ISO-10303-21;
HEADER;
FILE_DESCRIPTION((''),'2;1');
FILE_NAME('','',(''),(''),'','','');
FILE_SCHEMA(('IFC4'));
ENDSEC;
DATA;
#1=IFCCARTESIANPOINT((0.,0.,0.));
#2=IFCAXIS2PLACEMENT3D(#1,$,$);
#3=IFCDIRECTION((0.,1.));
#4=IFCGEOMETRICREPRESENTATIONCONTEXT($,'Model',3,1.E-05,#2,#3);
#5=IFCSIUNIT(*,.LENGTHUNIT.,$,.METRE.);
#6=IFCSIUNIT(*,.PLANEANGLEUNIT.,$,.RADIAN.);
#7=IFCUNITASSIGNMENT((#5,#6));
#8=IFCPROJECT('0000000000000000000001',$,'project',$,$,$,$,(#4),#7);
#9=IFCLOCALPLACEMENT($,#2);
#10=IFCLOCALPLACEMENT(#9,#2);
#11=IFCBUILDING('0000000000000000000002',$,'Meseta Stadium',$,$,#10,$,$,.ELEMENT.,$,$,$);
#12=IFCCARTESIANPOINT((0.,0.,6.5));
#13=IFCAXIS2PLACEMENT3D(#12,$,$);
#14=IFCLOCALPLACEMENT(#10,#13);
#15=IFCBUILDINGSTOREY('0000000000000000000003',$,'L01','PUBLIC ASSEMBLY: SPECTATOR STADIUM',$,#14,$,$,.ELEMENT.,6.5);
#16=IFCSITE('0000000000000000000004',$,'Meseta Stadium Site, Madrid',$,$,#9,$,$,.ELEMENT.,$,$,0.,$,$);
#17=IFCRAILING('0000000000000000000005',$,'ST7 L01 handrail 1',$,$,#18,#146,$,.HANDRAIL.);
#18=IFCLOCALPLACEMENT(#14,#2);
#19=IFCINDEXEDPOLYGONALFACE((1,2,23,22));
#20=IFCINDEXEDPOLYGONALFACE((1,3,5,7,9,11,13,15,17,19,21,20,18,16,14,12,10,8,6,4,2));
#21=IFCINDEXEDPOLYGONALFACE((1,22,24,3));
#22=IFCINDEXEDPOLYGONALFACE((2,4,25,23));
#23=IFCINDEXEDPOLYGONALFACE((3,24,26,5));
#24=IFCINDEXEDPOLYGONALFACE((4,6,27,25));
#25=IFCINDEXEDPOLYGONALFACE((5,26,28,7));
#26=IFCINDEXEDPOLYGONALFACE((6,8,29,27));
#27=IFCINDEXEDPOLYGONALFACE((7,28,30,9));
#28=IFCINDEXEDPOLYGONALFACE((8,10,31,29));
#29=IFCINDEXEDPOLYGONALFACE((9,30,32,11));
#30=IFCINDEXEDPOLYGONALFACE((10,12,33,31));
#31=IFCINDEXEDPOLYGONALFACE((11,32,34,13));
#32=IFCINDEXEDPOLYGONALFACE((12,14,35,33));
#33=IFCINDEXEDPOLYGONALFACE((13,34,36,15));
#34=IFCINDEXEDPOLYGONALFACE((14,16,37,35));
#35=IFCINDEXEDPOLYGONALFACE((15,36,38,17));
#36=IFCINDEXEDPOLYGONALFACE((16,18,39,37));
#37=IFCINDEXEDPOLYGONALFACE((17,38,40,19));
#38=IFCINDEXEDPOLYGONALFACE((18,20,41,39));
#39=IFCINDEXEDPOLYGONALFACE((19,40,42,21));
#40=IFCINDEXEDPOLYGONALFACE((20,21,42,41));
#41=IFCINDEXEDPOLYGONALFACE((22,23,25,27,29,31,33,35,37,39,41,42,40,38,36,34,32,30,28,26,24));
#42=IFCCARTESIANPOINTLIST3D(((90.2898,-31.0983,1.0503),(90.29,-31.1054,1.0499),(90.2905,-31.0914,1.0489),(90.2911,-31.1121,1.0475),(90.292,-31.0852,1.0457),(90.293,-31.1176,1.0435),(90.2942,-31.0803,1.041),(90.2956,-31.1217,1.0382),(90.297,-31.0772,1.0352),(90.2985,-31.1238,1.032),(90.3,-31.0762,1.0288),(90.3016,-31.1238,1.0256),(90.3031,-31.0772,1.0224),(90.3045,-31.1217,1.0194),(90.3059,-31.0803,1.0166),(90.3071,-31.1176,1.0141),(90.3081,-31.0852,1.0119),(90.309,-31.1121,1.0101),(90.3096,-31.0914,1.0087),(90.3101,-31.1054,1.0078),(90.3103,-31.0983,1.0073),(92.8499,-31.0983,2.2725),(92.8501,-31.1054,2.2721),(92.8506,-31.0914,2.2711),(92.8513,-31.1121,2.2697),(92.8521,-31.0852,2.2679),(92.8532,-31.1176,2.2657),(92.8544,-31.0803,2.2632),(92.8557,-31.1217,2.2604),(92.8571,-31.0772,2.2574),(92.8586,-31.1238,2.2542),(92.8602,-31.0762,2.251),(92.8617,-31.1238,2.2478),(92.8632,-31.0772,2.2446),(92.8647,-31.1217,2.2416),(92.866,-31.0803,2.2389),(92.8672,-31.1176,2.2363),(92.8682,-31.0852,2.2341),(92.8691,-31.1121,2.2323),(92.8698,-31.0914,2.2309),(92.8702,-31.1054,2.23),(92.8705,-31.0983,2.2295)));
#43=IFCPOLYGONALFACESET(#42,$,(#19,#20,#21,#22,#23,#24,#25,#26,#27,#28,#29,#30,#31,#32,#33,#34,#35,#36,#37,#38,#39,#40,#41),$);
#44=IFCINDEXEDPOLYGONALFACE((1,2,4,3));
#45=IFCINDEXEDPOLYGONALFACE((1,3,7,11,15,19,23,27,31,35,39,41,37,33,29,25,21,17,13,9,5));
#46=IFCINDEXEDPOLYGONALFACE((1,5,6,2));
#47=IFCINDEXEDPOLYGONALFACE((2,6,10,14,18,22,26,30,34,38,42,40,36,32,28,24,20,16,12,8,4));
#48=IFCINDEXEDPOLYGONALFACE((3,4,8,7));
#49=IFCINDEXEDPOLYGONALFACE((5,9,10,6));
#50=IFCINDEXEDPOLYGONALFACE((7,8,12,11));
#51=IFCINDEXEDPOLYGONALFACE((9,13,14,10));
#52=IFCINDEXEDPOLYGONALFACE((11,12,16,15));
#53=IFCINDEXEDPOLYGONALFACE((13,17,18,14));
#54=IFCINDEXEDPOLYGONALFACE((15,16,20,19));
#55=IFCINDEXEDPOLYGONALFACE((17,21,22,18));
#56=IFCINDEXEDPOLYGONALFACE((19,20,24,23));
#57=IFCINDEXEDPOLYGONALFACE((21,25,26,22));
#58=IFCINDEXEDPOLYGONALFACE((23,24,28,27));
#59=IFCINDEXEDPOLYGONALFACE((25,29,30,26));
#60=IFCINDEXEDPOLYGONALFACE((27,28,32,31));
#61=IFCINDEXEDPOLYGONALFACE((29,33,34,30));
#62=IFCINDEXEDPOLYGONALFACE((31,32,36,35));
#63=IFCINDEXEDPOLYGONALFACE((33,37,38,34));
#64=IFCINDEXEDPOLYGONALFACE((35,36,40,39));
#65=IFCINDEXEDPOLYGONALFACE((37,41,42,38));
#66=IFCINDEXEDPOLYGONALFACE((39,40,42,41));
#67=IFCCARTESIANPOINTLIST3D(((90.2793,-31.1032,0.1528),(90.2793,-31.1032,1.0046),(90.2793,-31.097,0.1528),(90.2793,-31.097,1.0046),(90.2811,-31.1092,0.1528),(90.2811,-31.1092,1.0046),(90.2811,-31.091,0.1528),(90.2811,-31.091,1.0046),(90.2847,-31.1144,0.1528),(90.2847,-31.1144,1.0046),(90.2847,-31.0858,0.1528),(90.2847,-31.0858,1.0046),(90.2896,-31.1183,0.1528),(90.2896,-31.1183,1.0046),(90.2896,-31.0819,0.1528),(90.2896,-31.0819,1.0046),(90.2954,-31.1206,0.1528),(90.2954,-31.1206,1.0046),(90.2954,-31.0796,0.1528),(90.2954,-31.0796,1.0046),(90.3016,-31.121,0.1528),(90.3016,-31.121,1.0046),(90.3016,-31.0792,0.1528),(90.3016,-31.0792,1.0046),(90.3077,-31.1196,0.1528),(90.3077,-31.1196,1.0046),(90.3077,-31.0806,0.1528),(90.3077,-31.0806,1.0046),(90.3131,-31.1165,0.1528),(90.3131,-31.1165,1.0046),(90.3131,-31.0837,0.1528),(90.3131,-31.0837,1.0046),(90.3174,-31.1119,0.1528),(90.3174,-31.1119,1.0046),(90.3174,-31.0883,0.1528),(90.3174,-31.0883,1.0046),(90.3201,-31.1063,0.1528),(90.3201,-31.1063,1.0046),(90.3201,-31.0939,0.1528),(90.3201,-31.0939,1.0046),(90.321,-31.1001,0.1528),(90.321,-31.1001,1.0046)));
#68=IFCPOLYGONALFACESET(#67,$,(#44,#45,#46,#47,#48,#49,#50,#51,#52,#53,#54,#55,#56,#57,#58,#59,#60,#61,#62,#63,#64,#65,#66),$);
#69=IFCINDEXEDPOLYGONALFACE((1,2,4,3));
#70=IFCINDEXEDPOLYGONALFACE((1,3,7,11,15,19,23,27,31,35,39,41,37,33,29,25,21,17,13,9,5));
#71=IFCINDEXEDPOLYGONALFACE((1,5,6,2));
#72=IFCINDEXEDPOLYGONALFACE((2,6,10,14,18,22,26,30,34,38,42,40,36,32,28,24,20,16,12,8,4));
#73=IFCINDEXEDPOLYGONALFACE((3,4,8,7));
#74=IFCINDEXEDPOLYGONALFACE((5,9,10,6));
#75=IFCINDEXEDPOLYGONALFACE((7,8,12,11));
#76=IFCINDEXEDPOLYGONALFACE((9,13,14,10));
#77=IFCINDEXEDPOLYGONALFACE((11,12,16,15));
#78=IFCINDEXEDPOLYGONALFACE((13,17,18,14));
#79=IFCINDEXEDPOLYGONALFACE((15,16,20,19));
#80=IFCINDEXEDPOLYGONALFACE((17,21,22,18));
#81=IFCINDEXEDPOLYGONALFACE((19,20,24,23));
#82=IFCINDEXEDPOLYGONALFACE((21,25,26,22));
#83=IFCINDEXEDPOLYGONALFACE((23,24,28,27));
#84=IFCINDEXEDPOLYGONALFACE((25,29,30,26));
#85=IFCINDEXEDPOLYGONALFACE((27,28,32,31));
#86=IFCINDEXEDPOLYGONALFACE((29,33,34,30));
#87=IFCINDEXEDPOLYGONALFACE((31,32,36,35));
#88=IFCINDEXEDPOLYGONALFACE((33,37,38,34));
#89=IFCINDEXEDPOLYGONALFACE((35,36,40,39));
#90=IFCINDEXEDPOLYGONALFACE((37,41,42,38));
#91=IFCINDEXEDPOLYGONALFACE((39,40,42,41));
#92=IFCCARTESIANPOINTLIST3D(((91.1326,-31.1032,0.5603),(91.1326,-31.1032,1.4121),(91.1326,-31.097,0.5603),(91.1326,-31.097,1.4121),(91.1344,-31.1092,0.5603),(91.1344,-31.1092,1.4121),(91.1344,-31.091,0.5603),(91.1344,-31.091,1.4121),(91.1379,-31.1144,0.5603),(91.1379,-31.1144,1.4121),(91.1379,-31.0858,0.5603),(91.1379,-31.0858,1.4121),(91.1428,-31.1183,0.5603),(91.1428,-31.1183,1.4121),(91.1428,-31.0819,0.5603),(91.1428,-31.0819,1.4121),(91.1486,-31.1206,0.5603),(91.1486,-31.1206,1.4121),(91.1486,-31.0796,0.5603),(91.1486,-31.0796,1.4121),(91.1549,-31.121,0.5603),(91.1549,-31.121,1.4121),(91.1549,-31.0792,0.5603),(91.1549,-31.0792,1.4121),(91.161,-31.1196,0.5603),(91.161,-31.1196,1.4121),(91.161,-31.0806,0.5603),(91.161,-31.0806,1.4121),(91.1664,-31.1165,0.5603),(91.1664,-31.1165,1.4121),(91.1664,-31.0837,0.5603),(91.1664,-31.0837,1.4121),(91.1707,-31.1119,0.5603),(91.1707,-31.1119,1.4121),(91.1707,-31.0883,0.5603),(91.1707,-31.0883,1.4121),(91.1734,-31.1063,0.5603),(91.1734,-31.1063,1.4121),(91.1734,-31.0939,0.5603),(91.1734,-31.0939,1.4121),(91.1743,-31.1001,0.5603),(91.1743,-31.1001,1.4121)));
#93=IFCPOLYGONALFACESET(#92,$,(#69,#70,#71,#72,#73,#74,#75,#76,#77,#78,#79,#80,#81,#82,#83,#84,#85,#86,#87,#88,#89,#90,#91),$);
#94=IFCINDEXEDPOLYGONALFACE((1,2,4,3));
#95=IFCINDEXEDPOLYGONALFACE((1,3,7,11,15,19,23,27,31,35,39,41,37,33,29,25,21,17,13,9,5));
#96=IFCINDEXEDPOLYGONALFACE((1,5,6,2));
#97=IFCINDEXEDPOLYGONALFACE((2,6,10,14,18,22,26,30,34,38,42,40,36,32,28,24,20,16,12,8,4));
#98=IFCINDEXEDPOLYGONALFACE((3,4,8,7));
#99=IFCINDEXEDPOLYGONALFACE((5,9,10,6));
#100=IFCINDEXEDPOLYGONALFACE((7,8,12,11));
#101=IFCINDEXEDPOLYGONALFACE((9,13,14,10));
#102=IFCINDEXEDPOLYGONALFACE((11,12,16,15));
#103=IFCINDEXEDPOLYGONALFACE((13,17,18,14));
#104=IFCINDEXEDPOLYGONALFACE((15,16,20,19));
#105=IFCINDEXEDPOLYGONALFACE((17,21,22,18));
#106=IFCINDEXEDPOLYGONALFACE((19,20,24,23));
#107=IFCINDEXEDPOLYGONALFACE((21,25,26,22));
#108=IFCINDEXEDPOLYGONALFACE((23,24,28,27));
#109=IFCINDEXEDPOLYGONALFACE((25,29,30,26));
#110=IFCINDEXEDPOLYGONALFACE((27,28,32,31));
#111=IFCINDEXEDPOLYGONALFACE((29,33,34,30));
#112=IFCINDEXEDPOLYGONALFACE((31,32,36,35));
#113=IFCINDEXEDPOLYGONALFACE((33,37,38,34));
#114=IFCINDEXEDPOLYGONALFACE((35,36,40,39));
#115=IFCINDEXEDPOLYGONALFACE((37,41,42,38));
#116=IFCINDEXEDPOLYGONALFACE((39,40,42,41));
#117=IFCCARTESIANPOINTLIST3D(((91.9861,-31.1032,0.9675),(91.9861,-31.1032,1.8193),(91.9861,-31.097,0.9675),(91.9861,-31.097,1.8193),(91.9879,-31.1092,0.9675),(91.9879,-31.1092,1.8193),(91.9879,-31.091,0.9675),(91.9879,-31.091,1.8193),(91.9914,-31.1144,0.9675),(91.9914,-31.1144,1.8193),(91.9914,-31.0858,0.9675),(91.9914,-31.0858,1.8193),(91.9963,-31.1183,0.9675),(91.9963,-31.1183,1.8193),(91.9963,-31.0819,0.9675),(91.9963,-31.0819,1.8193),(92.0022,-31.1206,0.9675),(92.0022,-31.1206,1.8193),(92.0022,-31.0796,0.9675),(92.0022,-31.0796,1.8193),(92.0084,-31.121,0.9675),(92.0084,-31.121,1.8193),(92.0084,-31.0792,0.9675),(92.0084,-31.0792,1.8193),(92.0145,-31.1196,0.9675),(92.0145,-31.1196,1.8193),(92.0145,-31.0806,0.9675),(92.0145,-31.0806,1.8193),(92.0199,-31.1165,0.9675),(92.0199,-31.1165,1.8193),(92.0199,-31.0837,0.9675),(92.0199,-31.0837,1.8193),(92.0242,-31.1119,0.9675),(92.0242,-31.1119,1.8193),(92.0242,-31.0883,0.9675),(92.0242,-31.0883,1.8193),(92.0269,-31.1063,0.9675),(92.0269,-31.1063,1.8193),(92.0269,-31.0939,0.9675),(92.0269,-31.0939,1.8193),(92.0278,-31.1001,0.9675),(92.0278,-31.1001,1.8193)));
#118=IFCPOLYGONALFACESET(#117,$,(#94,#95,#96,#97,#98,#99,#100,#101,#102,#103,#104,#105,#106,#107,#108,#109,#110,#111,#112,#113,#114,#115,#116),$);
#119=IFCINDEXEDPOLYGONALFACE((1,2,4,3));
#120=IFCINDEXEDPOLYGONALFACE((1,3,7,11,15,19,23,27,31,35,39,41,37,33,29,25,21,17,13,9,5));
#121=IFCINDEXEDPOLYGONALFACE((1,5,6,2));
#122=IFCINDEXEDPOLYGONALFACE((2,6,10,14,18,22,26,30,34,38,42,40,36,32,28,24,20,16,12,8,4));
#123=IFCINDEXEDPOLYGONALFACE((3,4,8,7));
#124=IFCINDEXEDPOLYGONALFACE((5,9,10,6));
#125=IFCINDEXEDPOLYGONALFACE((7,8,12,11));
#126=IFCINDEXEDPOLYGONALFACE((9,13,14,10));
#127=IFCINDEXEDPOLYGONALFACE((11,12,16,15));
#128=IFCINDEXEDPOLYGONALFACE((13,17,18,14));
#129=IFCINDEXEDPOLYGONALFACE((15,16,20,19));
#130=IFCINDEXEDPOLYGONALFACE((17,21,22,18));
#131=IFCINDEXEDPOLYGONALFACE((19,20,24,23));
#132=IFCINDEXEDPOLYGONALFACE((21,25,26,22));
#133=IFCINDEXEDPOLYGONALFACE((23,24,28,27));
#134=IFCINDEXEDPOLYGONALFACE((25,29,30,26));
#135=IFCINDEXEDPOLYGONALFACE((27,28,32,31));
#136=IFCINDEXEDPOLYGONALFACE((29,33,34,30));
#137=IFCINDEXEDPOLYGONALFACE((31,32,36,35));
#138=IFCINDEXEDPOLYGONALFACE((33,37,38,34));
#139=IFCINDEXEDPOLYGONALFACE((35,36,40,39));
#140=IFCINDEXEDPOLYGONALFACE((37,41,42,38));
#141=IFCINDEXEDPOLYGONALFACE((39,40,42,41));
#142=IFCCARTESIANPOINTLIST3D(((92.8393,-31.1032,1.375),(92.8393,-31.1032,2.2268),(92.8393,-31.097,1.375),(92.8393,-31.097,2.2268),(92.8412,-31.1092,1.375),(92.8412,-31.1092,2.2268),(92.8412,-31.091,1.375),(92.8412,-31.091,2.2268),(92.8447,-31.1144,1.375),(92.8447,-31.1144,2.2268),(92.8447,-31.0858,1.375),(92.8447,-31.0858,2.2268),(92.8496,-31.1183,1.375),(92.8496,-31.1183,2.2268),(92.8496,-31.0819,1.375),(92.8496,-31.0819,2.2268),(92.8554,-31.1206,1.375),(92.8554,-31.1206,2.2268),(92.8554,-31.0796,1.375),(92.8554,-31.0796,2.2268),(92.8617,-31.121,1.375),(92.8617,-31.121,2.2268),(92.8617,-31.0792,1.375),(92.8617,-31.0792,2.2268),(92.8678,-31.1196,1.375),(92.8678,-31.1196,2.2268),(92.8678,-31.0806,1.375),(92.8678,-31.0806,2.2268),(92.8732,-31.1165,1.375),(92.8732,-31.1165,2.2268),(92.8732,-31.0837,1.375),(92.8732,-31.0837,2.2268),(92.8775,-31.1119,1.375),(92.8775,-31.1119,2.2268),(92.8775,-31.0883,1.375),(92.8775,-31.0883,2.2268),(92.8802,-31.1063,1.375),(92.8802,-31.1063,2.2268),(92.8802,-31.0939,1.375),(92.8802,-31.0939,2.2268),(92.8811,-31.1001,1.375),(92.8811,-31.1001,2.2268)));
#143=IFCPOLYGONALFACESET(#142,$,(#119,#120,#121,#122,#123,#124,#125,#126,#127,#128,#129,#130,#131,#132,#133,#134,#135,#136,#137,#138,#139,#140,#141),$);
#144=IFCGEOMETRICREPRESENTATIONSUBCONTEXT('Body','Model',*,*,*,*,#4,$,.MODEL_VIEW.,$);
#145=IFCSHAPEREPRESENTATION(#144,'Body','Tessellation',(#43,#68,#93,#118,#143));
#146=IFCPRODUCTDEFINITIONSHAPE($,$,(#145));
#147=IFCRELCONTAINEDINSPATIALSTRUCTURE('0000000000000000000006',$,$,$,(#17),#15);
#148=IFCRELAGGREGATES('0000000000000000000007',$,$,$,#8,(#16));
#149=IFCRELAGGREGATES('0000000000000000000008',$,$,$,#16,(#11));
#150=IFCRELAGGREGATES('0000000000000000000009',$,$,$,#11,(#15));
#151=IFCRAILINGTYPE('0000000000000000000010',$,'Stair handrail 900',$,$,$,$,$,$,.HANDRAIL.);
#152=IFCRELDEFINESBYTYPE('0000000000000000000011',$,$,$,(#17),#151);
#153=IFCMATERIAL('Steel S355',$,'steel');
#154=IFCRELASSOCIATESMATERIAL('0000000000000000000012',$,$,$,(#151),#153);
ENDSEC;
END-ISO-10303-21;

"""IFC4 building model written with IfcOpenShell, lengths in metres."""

from ifc_helpers import new_model, si_unit, direction, frame, origin, origin_2d, place, context, subcontext, project, spatial, circle, extrude, material, type_object, element, save


model = new_model("IFC4")

# Units and contexts
model_context = context("Model", 3, precision=1e-05, world=origin(), true_north=direction((0.0, 1.0)))
body_context = subcontext(model_context, "Body", "Model", "MODEL_VIEW")
ifc_project = project(units=[si_unit("LENGTHUNIT", "METRE"), si_unit("PLANEANGLEUNIT", "RADIAN")], contexts=[model_context])

# Site, building, storey
site_placement = place(None, origin())
site = spatial("IfcSite", under=ifc_project, at=site_placement, Name="Meseta Stadium Site, Madrid", CompositionType="ELEMENT", RefElevation=0.0)
building_placement = place(site_placement, origin())
building = spatial("IfcBuilding", under=site, at=building_placement, Name="Meseta Stadium", CompositionType="ELEMENT")
storey_placement = place(building_placement, frame((0.0, 0.0, 6.5)))
storey = spatial("IfcBuildingStorey", under=building, at=storey_placement, Name="L01", Description="PUBLIC ASSEMBLY: SPECTATOR STADIUM", CompositionType="ELEMENT", Elevation=6.5)

# Railing
ifc_material_1 = material(Name="Steel S355", Category="steel")
railing_type_1 = type_object("IfcRailingType", Name="Stair handrail 900", PredefinedType="HANDRAIL", material=ifc_material_1)
railing_1_placement = place(storey_placement, frame((90.3, -31.1001, 0.1528)))
element("IfcRailing", 1, at=railing_1_placement, inside=storey, type_object=railing_type_1, Name="ST7 L01 handrail 1", PredefinedType="HANDRAIL", context=body_context, shape_type="SweptSolid", body=[
    extrude(circle(Radius=0.0239, at=origin_2d()), frame((0.0, 0.0, 0.876), z_axis=(0.902437, 0.0, 0.430822), x_axis=(0.0, 1.0, 0.0)), (0.0, 0.0, 1.0), 2.8369),
    extrude(circle(Radius=0.021, at=origin_2d()), origin(), (0.0, 0.0, 1.0), 0.8518),
    extrude(circle(Radius=0.021, at=origin_2d()), frame((0.8533, 0.0, 0.4075)), (0.0, 0.0, 1.0), 0.8518),
    extrude(circle(Radius=0.021, at=origin_2d()), frame((1.7068, 0.0, 0.8147)), (0.0, 0.0, 1.0), 0.8518),
    extrude(circle(Radius=0.021, at=origin_2d()), frame((2.5601, 0.0, 1.2222)), (0.0, 0.0, 1.0), 0.8518),
])

save(model, "model.ifc")
